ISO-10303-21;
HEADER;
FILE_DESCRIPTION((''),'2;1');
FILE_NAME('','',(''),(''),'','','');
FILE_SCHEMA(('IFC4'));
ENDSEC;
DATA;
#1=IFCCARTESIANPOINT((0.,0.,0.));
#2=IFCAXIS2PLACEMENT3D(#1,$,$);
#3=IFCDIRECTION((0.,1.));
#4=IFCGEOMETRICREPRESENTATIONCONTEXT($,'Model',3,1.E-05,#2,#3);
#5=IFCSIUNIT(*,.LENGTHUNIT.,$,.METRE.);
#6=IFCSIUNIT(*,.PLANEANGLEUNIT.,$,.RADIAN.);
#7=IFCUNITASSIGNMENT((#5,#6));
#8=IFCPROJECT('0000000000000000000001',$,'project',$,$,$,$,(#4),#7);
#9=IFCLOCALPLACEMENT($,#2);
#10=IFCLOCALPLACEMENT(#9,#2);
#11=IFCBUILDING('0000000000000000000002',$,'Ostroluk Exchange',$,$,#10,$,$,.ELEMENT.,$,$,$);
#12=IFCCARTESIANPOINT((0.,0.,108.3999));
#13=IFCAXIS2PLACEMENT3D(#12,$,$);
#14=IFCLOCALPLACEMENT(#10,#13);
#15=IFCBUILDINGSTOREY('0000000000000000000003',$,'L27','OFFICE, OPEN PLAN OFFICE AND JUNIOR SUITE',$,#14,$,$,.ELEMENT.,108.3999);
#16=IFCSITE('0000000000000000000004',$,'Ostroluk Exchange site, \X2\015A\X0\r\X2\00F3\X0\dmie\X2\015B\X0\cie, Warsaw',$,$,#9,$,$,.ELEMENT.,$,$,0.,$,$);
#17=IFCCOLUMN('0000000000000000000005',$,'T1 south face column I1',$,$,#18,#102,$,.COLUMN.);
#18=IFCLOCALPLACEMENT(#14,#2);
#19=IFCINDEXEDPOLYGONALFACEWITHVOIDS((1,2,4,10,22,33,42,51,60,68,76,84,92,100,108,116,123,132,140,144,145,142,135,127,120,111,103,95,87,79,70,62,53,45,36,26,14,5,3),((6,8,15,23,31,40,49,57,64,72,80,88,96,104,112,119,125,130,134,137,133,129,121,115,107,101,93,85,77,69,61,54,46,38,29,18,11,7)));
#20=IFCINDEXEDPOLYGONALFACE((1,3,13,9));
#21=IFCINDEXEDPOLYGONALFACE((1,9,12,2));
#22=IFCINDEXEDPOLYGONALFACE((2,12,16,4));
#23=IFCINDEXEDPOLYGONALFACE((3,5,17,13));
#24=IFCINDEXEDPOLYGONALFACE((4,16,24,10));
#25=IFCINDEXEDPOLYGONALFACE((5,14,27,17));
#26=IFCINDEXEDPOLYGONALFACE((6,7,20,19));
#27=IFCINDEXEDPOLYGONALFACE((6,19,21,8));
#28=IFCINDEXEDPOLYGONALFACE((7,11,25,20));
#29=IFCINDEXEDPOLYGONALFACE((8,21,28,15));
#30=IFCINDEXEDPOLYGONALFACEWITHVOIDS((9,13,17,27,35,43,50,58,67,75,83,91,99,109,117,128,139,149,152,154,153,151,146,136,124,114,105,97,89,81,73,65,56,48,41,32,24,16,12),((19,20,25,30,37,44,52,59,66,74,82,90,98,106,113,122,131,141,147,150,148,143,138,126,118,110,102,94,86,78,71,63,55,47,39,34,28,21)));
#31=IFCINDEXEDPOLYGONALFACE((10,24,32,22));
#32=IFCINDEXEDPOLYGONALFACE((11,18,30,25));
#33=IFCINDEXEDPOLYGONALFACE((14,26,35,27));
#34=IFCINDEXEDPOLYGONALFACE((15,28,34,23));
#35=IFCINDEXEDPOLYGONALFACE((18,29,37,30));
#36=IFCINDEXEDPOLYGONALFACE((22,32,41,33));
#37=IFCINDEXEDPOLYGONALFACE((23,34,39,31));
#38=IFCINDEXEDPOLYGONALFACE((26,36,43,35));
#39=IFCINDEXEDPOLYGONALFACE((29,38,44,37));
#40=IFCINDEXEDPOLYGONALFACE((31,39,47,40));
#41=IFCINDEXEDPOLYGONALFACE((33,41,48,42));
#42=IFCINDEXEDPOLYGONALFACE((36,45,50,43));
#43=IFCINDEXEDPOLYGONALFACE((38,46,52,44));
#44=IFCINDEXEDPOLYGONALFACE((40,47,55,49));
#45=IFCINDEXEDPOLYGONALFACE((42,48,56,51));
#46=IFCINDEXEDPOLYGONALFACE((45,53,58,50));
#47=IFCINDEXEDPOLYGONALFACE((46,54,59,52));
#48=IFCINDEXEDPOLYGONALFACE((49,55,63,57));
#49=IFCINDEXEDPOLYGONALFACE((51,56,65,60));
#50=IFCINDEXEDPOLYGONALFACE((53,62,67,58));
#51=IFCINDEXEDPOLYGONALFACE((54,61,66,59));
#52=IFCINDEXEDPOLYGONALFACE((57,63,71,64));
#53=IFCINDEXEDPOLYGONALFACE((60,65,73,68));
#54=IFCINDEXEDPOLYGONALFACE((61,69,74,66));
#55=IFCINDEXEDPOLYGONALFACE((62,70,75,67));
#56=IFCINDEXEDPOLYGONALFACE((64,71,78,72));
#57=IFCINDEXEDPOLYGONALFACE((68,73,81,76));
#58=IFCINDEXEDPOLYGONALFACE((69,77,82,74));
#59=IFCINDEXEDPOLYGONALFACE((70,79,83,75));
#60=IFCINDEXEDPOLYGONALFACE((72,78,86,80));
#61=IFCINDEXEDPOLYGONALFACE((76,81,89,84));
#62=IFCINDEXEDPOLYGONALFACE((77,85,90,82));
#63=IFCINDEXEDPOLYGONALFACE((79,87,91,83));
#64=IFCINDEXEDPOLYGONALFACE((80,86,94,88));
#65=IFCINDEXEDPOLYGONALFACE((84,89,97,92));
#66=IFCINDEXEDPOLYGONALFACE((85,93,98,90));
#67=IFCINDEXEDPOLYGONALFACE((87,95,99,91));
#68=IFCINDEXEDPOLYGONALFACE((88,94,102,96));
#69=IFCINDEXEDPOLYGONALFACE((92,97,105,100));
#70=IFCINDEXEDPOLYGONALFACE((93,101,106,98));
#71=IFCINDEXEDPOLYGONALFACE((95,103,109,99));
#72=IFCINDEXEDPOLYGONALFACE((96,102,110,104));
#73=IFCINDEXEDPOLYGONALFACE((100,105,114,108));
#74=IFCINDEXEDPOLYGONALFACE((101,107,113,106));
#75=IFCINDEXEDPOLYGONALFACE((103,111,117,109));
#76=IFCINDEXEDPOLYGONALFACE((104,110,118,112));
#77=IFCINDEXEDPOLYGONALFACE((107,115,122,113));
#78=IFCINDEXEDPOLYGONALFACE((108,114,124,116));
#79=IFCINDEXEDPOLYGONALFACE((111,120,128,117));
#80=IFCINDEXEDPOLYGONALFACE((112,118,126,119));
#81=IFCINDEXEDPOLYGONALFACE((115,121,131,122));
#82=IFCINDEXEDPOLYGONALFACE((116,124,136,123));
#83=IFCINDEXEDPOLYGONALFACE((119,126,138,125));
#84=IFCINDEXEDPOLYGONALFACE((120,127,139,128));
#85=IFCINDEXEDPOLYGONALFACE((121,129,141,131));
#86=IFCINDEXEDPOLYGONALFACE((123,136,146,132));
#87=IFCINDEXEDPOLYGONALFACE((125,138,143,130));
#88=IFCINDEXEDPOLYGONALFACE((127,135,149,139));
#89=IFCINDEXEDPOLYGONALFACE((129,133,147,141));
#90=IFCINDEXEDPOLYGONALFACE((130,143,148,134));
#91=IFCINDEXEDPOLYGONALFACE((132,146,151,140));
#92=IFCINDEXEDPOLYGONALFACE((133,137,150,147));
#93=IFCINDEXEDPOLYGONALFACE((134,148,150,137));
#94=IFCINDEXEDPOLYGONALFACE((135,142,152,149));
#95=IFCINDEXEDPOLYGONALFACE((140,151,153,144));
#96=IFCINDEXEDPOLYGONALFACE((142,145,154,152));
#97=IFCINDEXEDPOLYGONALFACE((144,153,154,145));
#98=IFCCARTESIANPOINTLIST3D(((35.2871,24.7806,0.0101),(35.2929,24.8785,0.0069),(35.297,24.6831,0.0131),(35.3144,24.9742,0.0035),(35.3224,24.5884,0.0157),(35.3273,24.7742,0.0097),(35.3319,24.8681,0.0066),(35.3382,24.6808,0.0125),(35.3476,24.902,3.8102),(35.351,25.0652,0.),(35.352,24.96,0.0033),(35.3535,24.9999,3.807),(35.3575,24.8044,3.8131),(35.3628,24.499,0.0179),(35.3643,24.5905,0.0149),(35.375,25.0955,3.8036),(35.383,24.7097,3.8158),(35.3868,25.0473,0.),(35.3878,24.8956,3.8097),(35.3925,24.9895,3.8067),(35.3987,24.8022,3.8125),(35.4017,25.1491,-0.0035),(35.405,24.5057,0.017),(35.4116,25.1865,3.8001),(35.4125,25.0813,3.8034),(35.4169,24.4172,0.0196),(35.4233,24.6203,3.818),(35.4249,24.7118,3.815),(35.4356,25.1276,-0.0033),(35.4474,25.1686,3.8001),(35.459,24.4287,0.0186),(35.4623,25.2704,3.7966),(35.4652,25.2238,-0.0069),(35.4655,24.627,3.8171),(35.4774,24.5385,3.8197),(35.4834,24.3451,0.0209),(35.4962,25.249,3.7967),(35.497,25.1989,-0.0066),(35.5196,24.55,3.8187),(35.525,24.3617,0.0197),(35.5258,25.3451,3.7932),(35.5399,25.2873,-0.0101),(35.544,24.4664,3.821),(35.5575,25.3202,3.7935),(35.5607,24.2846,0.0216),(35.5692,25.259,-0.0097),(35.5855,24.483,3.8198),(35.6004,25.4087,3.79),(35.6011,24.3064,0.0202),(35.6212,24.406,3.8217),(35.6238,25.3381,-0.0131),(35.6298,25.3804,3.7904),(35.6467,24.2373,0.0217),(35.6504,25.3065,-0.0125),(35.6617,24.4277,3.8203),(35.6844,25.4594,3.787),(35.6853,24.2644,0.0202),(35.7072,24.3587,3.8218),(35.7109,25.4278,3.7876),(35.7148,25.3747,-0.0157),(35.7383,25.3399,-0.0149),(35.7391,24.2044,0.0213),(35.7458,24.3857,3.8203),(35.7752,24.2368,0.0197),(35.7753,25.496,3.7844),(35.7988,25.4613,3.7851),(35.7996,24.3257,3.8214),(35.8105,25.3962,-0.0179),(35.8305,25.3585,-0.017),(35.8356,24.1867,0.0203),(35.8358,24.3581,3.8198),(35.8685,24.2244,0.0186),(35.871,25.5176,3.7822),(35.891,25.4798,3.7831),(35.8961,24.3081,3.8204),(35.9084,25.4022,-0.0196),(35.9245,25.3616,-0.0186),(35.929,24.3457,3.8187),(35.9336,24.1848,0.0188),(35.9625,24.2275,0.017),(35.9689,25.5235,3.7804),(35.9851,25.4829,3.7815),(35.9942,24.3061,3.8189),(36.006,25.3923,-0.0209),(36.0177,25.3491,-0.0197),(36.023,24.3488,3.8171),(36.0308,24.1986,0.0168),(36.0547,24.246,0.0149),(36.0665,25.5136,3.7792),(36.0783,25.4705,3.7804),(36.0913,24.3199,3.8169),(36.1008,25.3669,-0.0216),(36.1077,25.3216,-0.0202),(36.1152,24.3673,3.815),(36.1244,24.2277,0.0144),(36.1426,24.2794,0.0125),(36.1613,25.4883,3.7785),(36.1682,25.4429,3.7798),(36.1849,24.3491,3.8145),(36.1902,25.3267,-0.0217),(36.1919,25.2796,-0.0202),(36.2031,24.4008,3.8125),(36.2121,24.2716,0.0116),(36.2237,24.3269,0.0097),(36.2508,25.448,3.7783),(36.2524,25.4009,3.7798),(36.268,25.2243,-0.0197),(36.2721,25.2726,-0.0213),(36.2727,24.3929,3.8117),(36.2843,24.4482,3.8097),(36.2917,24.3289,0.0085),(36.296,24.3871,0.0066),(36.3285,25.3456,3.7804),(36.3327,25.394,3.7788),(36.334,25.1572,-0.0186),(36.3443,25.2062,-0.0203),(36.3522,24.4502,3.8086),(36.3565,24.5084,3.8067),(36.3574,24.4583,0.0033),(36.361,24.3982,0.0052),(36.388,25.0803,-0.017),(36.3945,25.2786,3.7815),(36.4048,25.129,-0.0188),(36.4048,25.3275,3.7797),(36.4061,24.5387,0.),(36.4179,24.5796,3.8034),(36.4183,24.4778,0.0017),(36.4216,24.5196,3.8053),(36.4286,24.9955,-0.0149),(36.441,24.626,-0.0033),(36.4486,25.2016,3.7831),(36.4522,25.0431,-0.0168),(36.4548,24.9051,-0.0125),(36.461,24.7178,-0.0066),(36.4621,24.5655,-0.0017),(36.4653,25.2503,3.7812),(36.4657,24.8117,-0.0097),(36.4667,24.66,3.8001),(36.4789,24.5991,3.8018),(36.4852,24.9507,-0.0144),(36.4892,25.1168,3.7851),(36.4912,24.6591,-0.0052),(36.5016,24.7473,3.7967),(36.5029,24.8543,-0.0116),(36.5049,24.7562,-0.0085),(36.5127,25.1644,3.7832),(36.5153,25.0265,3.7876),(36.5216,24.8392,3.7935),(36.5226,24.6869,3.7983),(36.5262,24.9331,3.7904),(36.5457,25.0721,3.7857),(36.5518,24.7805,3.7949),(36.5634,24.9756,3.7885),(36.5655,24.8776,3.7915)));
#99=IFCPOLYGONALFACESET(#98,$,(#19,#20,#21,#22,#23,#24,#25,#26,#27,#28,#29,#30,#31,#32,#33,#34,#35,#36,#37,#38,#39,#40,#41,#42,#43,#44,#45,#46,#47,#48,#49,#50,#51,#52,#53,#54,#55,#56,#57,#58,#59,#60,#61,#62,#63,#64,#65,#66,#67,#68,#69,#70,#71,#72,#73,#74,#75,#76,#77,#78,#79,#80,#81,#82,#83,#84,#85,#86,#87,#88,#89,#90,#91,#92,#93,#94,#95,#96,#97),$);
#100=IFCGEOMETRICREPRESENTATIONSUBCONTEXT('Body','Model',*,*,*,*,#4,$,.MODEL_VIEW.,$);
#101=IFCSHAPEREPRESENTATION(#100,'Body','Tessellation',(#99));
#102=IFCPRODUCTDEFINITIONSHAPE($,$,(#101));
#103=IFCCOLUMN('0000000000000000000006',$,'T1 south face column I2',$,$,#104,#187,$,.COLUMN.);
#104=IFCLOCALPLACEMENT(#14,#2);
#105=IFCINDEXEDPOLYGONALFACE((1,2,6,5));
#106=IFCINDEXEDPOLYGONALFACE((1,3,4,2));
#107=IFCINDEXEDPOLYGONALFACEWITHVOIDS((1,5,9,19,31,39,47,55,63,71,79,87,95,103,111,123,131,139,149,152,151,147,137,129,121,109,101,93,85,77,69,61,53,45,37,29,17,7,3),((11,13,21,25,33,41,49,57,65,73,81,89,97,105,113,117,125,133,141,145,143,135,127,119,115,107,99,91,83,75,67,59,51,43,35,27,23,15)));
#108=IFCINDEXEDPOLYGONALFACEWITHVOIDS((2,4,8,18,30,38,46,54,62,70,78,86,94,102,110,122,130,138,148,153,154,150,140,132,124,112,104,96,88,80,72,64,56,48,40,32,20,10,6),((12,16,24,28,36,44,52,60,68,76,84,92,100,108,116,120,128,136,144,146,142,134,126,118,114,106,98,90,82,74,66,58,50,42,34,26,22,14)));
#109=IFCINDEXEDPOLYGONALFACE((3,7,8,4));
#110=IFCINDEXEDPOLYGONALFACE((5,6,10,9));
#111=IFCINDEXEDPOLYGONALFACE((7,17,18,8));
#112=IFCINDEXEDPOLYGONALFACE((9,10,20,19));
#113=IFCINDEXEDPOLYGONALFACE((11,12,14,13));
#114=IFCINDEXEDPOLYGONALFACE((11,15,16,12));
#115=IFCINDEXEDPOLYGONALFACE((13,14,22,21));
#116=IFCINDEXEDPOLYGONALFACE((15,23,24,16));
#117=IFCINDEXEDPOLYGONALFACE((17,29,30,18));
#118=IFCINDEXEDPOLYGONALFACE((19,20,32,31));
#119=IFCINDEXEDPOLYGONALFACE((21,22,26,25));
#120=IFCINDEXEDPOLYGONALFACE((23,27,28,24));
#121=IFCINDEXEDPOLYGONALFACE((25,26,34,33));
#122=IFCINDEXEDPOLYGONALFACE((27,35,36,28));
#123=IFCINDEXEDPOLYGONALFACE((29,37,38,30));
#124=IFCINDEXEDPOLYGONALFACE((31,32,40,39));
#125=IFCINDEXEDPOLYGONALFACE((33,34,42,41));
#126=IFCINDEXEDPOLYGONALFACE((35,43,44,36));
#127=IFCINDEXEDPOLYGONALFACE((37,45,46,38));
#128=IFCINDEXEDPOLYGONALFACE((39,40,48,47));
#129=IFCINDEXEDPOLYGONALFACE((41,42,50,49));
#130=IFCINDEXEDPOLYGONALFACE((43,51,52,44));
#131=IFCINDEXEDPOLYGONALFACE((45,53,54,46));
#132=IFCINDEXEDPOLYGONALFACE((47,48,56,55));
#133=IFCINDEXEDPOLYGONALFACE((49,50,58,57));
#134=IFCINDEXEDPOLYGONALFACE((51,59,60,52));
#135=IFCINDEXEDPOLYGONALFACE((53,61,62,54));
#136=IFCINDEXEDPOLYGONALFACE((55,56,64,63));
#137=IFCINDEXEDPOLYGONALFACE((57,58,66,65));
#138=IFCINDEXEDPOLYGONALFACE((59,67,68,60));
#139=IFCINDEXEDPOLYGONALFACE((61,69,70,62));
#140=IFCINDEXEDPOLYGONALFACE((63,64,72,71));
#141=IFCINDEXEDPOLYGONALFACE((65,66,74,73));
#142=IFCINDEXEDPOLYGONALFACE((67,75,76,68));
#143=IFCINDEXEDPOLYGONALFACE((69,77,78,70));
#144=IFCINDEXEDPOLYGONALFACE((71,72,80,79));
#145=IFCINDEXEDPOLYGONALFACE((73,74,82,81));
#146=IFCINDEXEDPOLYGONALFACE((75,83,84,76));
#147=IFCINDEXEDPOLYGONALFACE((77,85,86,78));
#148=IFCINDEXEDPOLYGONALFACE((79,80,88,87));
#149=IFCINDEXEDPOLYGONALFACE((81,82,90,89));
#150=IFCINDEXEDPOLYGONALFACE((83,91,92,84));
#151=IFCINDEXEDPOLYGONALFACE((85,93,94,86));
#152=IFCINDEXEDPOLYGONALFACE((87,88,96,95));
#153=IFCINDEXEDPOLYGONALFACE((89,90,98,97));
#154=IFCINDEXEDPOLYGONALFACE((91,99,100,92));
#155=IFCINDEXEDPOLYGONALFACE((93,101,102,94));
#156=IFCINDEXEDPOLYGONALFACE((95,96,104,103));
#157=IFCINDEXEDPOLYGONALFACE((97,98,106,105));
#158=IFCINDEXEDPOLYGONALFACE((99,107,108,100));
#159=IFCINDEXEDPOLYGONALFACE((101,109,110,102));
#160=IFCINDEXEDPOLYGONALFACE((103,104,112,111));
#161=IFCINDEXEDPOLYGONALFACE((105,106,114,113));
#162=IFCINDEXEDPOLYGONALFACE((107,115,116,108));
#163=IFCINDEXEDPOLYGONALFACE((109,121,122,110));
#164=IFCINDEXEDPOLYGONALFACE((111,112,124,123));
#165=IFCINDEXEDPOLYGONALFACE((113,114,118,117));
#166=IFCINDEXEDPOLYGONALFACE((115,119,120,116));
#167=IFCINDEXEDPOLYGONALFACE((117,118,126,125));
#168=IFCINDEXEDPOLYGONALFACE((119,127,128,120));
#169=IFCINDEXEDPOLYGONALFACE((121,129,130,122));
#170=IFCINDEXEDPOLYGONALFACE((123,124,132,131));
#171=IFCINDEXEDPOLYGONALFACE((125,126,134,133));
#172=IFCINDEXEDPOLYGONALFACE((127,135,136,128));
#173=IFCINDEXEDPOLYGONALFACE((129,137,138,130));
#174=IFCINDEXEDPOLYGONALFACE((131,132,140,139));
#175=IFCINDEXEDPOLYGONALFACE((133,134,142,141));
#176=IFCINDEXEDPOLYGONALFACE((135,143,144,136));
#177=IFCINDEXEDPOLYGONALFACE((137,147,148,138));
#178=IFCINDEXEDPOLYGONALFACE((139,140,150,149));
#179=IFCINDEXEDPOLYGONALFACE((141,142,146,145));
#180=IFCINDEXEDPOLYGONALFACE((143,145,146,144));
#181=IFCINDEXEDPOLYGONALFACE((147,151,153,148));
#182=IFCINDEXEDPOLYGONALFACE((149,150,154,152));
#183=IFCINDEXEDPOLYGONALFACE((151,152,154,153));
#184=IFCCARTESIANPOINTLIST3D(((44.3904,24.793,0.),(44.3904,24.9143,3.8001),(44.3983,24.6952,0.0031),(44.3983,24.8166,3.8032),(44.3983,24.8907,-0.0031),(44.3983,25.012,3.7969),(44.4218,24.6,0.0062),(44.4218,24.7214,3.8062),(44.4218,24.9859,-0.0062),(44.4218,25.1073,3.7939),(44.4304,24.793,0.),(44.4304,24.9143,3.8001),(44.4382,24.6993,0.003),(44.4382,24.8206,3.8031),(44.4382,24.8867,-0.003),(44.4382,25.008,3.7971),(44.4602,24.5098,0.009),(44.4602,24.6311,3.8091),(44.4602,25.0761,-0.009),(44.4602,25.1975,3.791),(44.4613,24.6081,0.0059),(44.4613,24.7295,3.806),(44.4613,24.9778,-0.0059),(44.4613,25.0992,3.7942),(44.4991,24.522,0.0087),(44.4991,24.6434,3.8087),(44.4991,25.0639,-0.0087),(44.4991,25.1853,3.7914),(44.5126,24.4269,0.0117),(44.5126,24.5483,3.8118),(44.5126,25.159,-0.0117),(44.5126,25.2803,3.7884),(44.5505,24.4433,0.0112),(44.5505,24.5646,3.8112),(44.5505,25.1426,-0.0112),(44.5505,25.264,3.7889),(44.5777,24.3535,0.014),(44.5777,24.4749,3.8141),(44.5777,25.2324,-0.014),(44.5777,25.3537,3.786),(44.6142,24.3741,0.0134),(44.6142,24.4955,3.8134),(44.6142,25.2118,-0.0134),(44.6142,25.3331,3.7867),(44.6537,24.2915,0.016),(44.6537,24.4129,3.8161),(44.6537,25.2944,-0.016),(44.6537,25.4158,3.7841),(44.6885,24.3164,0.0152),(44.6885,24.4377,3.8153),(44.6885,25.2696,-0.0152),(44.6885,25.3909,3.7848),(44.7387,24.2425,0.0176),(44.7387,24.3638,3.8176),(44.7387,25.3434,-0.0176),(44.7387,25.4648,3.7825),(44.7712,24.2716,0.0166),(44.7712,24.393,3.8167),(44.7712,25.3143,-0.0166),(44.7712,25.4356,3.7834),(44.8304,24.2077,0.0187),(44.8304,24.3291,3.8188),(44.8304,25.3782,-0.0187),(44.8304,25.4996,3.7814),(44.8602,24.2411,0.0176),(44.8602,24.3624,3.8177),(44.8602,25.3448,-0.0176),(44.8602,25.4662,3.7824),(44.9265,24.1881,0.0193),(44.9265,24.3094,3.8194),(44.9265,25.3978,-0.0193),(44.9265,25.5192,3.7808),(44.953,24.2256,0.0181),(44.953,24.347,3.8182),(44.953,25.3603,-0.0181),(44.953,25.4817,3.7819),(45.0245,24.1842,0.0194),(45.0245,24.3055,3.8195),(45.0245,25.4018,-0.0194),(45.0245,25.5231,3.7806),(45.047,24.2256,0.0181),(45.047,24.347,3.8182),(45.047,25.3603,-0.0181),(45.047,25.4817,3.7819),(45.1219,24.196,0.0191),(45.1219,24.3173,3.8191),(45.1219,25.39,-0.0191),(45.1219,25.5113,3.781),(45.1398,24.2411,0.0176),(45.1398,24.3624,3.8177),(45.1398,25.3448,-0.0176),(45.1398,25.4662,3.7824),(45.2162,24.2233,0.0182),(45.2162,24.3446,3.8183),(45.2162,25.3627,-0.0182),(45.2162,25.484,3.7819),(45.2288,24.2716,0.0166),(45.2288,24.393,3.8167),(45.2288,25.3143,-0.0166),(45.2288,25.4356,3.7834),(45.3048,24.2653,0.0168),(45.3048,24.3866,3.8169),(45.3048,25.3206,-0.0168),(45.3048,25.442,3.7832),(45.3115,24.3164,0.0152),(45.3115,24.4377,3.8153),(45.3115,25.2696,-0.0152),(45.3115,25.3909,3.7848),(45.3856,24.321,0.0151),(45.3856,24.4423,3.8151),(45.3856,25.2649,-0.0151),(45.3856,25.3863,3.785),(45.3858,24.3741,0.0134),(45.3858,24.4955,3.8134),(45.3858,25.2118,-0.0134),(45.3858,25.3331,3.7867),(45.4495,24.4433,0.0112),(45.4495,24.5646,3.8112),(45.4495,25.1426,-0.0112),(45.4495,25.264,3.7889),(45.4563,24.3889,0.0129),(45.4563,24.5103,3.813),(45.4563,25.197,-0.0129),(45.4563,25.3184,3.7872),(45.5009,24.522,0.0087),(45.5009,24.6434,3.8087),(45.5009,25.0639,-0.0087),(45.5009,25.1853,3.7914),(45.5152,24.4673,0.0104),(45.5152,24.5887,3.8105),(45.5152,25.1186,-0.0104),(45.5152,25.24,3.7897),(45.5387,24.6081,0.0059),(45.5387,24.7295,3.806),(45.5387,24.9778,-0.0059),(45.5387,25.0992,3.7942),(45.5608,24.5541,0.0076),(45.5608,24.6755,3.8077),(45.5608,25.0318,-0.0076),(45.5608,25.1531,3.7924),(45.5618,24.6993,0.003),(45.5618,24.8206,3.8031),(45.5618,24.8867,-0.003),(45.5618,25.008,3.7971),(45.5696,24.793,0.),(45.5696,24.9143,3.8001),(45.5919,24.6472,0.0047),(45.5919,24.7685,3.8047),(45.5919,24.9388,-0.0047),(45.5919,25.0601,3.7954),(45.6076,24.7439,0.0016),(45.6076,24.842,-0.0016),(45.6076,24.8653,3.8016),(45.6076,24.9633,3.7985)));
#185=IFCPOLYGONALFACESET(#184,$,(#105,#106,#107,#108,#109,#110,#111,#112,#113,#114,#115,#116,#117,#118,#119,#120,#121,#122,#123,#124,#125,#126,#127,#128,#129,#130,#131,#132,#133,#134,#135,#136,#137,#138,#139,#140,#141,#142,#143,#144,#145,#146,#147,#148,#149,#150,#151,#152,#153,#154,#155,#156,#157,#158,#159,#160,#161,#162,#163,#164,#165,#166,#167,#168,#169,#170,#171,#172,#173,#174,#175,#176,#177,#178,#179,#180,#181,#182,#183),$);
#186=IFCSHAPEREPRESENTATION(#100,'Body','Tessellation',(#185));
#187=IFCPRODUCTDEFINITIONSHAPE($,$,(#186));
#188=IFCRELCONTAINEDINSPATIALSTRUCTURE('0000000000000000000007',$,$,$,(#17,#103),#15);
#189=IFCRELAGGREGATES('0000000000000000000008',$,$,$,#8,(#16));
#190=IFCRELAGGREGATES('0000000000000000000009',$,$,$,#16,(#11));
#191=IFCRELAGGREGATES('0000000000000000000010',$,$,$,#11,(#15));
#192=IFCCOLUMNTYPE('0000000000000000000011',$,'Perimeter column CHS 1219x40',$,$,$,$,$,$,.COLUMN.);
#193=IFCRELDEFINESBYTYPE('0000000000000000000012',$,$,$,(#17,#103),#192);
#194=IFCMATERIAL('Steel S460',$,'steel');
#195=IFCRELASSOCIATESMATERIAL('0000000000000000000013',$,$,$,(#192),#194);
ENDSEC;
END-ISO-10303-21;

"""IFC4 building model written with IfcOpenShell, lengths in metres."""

from ifc_helpers import new_model, si_unit, direction, frame, origin, origin_2d, place, context, subcontext, project, spatial, hollow_circle, extrude, material, material_profile, profile_set, type_object, element, save


model = new_model("IFC4")

# Units and contexts
model_context = context("Model", 3, precision=1e-05, world=origin(), true_north=direction((0.0, 1.0)))
body_context = subcontext(model_context, "Body", "Model", "MODEL_VIEW")
ifc_project = project(units=[si_unit("LENGTHUNIT", "METRE"), si_unit("PLANEANGLEUNIT", "RADIAN")], contexts=[model_context])

# Site, building, storey
site_placement = place(None, origin())
site = spatial("IfcSite", under=ifc_project, at=site_placement, Name="Ostroluk Exchange site, Śródmieście, Warsaw", CompositionType="ELEMENT", RefElevation=0.0)
building_placement = place(site_placement, origin())
building = spatial("IfcBuilding", under=site, at=building_placement, Name="Ostroluk Exchange", CompositionType="ELEMENT")
storey_placement = place(building_placement, frame((0.0, 0.0, 108.3999)))
storey = spatial("IfcBuildingStorey", under=building, at=storey_placement, Name="L27", Description="OFFICE, OPEN PLAN OFFICE AND JUNIOR SUITE", CompositionType="ELEMENT", Elevation=108.3999)

# Columns
ifc_material_1 = material(Name="Steel S460", Category="steel")
ifc_material_profile_1 = material_profile(ifc_material_1, hollow_circle(Radius=0.6096, WallThickness=0.04, at=origin_2d()), Name="CHS 1219x40")
ifc_profile_set_1 = profile_set([ifc_material_profile_1], Name="Steel S460")
column_type = type_object("IfcColumnType", Name="Perimeter column CHS 1219x40", PredefinedType="COLUMN", material=ifc_profile_set_1)
column_1_placement = place(storey_placement, frame((35.8965, 24.793, 0.0), z_axis=(0.015923, 0.03191, 0.999364), x_axis=(-0.894787, 0.446493, 0.0)))
element("IfcColumn", 1, at=column_1_placement, inside=storey, type_object=column_type, Name="T1 south face column I1", PredefinedType="COLUMN", context=body_context, shape_type="SweptSolid", body=[
    extrude(hollow_circle(Radius=0.6096, WallThickness=0.04, at=origin_2d()), origin(), (0.0, 0.0, 1.0), 3.8025),
])
column_2_placement = place(storey_placement, frame((45.0, 24.793, 0.0), z_axis=(0.0, 0.031914, 0.999491), x_axis=(-1.0, 0.0, 0.0)))
element("IfcColumn", 2, at=column_2_placement, inside=storey, type_object=column_type, Name="T1 south face column I2", PredefinedType="COLUMN", context=body_context, shape_type="SweptSolid", body=[
    extrude(hollow_circle(Radius=0.6096, WallThickness=0.04, at=origin_2d()), origin(), (0.0, 0.0, 1.0), 3.802),
])

save(model, "model.ifc")
